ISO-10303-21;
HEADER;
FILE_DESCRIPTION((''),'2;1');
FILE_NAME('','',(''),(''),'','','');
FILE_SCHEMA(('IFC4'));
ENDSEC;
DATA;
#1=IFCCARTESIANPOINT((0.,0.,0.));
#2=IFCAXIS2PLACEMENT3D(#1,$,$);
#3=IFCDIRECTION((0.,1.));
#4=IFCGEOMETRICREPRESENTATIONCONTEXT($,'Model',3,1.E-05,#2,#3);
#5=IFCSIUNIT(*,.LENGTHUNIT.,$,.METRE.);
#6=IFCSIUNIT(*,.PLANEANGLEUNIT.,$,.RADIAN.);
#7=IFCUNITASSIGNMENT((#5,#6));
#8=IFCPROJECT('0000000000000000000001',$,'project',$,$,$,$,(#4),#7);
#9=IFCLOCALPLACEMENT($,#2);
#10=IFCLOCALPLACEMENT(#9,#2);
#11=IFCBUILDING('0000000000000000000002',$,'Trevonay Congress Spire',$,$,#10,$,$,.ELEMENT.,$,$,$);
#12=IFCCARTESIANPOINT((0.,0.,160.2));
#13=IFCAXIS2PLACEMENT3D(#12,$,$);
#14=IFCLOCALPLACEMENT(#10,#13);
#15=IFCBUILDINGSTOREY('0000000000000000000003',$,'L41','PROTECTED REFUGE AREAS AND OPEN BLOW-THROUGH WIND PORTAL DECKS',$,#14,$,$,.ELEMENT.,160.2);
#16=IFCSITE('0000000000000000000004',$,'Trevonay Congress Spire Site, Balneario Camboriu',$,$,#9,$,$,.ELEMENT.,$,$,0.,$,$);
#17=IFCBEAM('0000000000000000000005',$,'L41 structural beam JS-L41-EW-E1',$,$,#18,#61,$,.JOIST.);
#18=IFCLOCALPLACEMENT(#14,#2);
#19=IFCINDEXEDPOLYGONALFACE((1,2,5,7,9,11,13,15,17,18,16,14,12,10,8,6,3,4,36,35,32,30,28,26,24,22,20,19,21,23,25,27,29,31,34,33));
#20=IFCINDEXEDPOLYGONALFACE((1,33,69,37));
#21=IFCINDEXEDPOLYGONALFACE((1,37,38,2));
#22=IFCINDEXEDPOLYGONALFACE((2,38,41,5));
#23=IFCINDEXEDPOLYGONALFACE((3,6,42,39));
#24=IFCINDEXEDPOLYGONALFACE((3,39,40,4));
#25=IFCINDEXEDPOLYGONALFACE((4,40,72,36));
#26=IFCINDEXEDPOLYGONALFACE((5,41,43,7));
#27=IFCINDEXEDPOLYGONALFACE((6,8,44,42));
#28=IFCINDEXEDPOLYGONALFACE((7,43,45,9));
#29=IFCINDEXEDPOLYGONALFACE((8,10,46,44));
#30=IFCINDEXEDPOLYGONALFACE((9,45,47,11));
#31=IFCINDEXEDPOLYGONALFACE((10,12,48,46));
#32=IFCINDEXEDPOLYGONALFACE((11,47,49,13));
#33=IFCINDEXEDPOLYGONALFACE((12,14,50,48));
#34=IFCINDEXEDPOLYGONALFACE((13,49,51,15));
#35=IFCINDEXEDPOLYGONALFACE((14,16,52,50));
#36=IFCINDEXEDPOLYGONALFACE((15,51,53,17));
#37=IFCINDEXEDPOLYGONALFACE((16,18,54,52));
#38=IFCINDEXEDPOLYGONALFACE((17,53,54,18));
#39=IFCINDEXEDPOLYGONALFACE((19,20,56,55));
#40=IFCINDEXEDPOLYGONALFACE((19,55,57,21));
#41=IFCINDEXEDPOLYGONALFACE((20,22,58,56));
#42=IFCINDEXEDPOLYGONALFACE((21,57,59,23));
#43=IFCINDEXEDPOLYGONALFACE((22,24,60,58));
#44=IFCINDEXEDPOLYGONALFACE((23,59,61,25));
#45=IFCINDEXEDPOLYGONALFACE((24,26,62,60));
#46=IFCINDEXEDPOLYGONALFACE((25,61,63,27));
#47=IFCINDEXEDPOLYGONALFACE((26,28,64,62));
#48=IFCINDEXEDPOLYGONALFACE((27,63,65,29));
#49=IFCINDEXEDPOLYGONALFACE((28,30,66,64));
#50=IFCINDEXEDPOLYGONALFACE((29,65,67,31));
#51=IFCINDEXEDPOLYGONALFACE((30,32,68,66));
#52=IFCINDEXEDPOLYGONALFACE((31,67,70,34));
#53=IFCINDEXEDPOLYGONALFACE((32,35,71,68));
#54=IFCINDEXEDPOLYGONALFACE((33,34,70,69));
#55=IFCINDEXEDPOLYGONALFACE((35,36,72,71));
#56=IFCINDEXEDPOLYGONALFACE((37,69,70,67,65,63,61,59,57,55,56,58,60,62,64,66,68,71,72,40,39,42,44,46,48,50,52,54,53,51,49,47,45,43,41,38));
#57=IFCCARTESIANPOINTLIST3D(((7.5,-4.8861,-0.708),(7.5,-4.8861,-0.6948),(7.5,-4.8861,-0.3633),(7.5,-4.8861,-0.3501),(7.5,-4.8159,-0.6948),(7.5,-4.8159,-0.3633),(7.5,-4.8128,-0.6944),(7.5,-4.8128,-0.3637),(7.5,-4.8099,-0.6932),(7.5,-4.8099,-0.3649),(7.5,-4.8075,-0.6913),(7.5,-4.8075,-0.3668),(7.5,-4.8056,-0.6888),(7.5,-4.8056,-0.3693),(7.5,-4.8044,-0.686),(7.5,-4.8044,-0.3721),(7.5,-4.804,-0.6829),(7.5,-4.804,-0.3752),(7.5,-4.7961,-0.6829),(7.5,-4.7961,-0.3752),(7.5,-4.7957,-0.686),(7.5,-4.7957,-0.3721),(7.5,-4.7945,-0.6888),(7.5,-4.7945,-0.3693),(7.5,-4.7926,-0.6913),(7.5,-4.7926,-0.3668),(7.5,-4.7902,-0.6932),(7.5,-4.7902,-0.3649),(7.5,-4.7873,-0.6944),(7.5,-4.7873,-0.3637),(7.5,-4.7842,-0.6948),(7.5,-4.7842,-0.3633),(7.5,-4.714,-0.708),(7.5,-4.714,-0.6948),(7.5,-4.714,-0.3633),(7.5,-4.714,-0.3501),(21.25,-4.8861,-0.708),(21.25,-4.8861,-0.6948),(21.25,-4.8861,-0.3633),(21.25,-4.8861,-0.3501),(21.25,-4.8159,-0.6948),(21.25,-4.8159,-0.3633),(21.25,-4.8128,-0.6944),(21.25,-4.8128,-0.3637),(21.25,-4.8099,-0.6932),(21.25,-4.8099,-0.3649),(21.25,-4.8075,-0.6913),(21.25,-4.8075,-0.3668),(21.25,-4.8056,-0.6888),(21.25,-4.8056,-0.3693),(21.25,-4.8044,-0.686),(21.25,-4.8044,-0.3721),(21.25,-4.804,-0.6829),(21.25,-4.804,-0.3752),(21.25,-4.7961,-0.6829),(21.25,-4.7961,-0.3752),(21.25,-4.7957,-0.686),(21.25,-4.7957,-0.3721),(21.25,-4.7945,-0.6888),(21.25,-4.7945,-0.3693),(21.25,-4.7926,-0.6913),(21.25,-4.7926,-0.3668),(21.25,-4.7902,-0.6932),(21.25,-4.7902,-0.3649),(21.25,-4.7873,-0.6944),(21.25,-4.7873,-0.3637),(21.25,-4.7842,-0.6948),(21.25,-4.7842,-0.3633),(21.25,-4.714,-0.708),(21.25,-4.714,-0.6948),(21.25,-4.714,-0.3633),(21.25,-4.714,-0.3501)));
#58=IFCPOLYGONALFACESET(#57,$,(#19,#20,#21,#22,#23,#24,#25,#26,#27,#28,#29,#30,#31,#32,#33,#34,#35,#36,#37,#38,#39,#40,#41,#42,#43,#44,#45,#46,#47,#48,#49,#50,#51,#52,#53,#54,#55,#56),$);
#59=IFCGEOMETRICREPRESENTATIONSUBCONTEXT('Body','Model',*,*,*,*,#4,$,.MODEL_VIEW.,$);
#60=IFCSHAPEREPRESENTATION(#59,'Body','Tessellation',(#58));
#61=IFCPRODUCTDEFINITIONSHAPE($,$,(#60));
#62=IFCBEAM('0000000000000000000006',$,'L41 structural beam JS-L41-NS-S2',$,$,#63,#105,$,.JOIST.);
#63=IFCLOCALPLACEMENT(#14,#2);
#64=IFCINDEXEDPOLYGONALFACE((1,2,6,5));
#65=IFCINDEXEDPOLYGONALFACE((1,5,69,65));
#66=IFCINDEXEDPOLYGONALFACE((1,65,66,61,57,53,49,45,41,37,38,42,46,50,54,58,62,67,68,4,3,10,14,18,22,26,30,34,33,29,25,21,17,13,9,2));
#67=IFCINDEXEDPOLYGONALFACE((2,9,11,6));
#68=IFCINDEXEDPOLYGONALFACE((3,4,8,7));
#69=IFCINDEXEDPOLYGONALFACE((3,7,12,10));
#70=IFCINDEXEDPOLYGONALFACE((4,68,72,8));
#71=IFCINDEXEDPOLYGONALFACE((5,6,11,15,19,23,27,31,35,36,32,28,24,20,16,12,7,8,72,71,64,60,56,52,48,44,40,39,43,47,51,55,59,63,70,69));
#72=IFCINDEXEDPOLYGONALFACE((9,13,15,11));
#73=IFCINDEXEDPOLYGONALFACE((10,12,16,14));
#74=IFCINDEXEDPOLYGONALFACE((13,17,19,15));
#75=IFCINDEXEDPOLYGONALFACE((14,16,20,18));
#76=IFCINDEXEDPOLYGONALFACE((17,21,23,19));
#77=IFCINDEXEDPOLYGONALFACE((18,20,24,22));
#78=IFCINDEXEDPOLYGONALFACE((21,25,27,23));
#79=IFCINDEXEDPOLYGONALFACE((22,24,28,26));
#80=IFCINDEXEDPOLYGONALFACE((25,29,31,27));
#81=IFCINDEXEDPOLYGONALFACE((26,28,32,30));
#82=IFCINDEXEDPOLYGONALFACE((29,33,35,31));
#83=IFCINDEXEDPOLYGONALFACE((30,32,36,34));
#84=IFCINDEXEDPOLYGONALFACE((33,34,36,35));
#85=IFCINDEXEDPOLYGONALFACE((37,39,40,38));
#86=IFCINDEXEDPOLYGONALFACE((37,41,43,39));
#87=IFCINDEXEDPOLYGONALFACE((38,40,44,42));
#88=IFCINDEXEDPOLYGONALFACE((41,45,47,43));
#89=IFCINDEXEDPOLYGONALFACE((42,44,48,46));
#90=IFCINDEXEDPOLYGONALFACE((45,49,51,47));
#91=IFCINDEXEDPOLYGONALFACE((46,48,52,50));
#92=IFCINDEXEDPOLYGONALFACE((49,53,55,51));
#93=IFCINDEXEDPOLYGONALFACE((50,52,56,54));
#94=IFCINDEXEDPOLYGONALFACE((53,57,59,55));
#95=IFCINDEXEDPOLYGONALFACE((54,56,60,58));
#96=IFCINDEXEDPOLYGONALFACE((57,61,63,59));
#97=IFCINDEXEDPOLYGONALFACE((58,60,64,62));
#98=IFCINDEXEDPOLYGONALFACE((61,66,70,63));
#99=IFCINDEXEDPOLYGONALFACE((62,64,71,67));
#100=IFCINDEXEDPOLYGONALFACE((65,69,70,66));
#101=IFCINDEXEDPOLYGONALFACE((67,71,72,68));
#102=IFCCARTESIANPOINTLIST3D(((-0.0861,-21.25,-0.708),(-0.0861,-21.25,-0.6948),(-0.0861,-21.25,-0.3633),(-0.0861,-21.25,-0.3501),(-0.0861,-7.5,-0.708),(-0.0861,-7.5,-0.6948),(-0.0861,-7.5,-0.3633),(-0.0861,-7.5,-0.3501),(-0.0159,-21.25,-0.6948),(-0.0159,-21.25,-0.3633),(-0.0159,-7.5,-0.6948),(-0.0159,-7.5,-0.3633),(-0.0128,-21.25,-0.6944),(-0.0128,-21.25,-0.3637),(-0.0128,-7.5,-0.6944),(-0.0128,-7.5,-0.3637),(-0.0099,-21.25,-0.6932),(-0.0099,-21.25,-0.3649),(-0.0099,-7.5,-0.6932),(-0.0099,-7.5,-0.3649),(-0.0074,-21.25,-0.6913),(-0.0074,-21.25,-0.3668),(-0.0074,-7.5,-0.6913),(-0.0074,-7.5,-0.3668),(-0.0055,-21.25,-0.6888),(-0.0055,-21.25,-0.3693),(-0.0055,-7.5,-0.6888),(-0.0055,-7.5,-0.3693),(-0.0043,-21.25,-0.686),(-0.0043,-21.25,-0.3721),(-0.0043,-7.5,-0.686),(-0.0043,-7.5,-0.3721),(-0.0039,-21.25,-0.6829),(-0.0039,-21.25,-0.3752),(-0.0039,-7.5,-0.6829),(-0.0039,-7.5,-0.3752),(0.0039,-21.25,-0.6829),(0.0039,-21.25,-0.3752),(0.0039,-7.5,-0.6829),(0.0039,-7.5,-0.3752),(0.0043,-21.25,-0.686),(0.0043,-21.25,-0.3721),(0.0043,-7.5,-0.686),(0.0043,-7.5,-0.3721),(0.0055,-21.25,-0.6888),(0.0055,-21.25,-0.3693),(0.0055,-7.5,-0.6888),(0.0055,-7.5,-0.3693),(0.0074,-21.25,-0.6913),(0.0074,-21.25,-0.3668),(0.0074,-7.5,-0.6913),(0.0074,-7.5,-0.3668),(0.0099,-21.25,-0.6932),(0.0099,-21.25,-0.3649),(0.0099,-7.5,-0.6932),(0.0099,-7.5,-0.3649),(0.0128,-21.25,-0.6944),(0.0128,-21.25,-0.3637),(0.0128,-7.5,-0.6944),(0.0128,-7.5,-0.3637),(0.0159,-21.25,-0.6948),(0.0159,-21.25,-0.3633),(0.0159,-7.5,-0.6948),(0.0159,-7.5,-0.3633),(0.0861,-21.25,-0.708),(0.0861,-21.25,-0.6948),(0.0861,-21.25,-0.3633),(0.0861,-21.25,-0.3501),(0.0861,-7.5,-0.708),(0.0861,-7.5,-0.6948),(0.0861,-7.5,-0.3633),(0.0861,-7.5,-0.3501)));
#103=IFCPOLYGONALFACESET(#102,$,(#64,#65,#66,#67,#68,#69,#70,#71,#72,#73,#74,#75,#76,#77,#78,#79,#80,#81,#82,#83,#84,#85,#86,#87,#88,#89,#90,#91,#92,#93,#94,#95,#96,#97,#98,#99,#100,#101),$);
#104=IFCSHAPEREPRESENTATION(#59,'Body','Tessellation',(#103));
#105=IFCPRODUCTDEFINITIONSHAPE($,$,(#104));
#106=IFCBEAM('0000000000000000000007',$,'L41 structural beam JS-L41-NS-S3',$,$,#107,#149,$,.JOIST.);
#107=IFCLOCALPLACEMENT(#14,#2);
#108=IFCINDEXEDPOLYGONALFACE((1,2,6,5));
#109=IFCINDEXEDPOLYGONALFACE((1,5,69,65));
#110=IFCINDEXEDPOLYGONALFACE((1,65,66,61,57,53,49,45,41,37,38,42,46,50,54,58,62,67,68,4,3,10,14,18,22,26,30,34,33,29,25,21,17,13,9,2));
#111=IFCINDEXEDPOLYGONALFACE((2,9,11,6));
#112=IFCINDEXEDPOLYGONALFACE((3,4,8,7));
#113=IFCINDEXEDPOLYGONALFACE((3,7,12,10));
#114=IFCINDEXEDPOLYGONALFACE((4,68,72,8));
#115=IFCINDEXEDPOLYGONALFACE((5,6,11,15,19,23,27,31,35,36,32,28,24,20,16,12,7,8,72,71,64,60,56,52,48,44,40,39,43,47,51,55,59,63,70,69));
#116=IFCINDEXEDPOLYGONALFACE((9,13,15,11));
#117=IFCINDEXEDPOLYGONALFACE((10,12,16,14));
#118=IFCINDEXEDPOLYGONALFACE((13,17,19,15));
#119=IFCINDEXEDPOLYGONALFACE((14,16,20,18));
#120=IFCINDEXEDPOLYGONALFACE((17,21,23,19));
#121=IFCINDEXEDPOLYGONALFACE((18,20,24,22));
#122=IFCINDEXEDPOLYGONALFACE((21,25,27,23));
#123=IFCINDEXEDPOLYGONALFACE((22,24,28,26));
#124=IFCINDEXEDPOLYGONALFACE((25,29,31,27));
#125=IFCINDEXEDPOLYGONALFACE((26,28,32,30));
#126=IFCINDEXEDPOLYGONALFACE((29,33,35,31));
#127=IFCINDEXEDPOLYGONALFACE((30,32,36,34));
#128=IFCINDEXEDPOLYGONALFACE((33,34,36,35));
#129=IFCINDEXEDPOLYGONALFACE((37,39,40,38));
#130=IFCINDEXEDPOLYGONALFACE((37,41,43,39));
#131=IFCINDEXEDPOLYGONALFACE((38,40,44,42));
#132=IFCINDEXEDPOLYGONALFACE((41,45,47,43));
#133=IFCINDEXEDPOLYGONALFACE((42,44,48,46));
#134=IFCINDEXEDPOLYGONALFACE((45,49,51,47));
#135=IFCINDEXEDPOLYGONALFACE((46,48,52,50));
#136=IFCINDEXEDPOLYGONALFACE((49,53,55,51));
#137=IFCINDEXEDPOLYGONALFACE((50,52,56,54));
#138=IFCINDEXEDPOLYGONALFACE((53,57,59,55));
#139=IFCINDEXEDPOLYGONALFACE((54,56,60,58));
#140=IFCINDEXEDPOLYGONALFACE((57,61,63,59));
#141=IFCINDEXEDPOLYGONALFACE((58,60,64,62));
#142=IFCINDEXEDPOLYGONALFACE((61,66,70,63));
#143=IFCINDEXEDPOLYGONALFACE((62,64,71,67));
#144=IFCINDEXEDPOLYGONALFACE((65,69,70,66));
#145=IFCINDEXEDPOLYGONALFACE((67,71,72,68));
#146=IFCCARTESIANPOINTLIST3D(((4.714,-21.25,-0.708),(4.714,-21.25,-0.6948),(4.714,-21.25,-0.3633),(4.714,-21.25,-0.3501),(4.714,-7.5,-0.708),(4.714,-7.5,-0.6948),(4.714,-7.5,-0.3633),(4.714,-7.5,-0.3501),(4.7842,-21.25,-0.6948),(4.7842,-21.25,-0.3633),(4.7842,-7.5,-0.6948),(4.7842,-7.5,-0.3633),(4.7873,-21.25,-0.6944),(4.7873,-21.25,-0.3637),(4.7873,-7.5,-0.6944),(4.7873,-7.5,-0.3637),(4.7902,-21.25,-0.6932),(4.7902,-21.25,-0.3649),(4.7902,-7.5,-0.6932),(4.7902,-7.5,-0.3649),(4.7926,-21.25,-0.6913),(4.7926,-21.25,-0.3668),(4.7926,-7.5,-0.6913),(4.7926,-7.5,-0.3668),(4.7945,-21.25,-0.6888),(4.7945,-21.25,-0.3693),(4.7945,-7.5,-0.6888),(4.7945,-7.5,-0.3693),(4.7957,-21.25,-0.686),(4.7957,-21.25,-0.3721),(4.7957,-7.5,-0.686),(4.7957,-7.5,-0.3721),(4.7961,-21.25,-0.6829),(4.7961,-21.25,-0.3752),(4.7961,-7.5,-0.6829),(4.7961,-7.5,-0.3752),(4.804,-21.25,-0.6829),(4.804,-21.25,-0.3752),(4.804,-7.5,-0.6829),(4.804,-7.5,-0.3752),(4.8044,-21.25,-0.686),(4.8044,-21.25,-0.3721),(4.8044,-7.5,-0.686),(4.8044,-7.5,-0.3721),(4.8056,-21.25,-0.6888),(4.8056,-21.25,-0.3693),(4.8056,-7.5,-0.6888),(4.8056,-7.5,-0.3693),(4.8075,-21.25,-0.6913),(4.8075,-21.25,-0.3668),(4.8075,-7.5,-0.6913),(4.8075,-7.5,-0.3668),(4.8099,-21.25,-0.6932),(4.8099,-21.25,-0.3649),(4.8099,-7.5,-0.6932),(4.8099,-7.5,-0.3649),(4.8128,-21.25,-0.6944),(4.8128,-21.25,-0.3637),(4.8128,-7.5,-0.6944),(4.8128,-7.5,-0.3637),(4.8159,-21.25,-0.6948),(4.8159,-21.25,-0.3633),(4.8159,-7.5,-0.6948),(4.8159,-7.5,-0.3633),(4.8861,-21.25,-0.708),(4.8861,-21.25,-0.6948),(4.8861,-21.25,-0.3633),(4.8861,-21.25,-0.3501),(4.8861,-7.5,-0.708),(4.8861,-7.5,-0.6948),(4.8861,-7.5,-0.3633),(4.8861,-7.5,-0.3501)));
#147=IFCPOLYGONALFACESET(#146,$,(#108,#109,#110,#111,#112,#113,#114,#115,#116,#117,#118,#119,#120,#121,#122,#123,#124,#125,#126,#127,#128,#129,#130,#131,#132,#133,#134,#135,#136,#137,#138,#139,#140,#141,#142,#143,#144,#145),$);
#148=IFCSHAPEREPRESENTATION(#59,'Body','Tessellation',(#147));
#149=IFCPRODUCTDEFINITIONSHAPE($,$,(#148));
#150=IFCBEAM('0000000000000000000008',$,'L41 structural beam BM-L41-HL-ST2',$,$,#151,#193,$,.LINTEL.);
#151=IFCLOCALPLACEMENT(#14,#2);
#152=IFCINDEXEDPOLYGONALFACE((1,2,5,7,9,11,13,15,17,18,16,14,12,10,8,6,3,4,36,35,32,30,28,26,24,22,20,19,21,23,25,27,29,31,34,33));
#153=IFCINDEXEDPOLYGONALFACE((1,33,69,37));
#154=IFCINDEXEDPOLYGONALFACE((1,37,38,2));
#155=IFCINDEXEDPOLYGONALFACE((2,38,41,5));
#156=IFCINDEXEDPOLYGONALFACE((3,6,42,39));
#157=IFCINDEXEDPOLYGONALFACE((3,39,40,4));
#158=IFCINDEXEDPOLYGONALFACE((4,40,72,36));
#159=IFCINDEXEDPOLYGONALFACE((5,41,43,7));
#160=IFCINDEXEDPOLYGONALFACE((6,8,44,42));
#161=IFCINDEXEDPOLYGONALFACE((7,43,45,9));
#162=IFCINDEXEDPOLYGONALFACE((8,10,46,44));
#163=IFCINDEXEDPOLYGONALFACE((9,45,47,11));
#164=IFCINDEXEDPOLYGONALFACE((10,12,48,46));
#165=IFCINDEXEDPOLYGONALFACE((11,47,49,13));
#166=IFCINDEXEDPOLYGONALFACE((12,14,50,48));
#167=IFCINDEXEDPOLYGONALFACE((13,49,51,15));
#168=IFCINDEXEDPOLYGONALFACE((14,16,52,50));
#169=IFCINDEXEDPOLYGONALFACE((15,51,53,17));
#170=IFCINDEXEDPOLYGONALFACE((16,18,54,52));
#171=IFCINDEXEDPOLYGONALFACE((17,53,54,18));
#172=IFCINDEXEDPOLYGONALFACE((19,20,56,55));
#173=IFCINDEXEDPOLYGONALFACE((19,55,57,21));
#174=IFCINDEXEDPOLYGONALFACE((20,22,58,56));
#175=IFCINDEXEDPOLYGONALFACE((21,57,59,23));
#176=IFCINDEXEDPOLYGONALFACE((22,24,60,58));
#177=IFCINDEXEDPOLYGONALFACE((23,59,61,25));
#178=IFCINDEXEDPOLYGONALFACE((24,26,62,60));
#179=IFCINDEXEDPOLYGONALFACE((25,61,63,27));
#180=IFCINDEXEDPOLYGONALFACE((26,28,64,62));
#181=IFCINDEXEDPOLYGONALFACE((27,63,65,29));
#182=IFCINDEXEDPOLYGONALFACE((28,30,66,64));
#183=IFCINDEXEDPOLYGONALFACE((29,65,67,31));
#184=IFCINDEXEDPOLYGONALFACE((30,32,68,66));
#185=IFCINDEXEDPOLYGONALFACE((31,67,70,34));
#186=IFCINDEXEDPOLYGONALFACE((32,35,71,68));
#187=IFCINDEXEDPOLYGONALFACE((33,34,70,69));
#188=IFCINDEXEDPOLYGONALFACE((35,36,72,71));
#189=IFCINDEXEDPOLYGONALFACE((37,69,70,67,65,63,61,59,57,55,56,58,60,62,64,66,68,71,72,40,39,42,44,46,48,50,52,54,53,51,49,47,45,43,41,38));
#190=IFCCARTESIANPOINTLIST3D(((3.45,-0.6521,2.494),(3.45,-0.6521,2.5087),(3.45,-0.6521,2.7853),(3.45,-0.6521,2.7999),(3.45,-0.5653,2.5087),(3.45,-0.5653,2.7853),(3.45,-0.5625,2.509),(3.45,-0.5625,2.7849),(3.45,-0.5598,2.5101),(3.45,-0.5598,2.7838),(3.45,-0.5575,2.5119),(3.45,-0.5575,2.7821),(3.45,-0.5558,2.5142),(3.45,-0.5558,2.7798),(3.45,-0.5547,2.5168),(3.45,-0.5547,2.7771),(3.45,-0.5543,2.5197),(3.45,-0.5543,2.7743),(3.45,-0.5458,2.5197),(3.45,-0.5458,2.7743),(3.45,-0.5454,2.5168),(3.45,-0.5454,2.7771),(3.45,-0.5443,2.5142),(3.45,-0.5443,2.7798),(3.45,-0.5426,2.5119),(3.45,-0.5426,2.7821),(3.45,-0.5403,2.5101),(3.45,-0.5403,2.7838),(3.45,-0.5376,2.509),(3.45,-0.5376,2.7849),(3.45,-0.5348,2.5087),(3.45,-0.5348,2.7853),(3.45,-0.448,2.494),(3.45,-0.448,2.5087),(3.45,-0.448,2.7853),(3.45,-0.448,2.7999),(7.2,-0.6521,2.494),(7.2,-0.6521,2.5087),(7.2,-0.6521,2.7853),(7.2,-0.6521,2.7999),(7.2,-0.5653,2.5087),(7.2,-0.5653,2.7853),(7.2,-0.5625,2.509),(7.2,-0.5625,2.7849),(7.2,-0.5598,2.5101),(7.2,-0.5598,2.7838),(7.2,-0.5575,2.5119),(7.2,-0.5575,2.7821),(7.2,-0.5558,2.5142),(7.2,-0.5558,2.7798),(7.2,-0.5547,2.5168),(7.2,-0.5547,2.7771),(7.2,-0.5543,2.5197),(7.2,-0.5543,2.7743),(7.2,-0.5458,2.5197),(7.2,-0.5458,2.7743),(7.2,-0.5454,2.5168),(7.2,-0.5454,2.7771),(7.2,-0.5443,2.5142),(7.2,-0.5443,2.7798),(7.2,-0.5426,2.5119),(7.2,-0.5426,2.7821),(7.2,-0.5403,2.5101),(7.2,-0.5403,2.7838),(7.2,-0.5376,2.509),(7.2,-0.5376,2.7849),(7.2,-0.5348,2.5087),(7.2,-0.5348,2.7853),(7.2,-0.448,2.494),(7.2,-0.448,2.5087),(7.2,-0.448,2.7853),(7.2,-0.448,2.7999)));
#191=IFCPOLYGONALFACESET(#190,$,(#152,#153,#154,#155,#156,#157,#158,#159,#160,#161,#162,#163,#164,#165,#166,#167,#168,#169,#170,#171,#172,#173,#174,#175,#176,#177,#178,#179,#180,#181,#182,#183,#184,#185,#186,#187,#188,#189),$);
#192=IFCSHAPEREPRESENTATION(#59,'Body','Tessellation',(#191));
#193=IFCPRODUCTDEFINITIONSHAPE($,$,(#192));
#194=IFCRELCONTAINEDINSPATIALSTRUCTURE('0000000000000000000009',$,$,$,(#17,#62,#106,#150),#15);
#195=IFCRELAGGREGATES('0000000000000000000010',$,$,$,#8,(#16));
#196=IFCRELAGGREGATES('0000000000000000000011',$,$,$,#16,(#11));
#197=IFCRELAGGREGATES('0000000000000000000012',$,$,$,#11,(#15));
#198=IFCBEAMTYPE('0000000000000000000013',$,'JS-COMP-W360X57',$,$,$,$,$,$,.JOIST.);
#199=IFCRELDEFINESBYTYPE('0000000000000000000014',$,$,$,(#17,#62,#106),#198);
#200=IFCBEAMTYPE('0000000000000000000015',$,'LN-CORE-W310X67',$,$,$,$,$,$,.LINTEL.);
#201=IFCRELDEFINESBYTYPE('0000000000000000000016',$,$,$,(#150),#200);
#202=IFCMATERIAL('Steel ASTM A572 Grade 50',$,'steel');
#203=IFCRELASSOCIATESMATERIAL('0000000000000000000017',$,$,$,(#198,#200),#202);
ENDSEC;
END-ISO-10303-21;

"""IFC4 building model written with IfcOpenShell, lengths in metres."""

from ifc_helpers import new_model, si_unit, direction, frame, origin, origin_2d, place, context, subcontext, project, spatial, i_section, extrude, material, material_profile, profile_set, type_object, element, save


model = new_model("IFC4")

# Units and contexts
model_context = context("Model", 3, precision=1e-05, world=origin(), true_north=direction((0.0, 1.0)))
body_context = subcontext(model_context, "Body", "Model", "MODEL_VIEW")
ifc_project = project(units=[si_unit("LENGTHUNIT", "METRE"), si_unit("PLANEANGLEUNIT", "RADIAN")], contexts=[model_context])

# Site, building, storey
site_placement = place(None, origin())
site = spatial("IfcSite", under=ifc_project, at=site_placement, Name="Trevonay Congress Spire Site, Balneario Camboriu", CompositionType="ELEMENT", RefElevation=0.0)
building_placement = place(site_placement, origin())
building = spatial("IfcBuilding", under=site, at=building_placement, Name="Trevonay Congress Spire", CompositionType="ELEMENT")
storey_placement = place(building_placement, frame((0.0, 0.0, 160.2)))
storey = spatial("IfcBuildingStorey", under=building, at=storey_placement, Name="L41", Description="PROTECTED REFUGE AREAS AND OPEN BLOW-THROUGH WIND PORTAL DECKS", CompositionType="ELEMENT", Elevation=160.2)

# Shared definitions
ifc_material_1 = material(Name="Steel ASTM A572 Grade 50", Category="steel")

# Beams
ifc_material_profile_1 = material_profile(ifc_material_1, i_section(OverallWidth=0.1721, OverallDepth=0.3579, WebThickness=0.0078, FlangeThickness=0.0132, FilletRadius=0.012, at=origin_2d()), Name="W360x57.8")
ifc_profile_set_1 = profile_set([ifc_material_profile_1], Name="Steel ASTM A572 Grade 50")
beam_type_1 = type_object("IfcBeamType", Name="JS-COMP-W360X57", PredefinedType="JOIST", material=ifc_profile_set_1)
for number, where, z_axis, x_axis, name in (
    (1, (7.5, -4.8, -0.5291), (1.0, 0.0, 0.0), (0.0, 1.0, 0.0), "L41 structural beam JS-L41-EW-E1"),
    (2, (0.0, -21.25, -0.5291), (0.0, 1.0, 0.0), (-1.0, 0.0, 0.0), "L41 structural beam JS-L41-NS-S2"),
    (3, (4.8, -21.25, -0.5291), (0.0, 1.0, 0.0), (-1.0, 0.0, 0.0), "L41 structural beam JS-L41-NS-S3"),
):
    element("IfcBeam", number, at=place(storey_placement, frame(where, z_axis=z_axis, x_axis=x_axis)), inside=storey, type_object=beam_type_1, Name=name, PredefinedType="JOIST", context=body_context, shape_type="SweptSolid", body=[
        extrude(i_section(OverallWidth=0.1721, OverallDepth=0.3579, WebThickness=0.0078, FlangeThickness=0.0132, FilletRadius=0.012, at=origin_2d()), origin(), (0.0, 0.0, 1.0), 13.75),
    ])
ifc_material_profile_2 = material_profile(ifc_material_1, i_section(OverallWidth=0.2041, OverallDepth=0.3059, WebThickness=0.0085, FlangeThickness=0.0146, FilletRadius=0.011, at=origin_2d()), Name="W310x67")
ifc_profile_set_2 = profile_set([ifc_material_profile_2], Name="Steel ASTM A572 Grade 50")
beam_type_2 = type_object("IfcBeamType", Name="LN-CORE-W310X67", PredefinedType="LINTEL", material=ifc_profile_set_2)
beam_1_placement = place(storey_placement, frame((3.45, -0.55, 2.647), z_axis=(1.0, 0.0, 0.0), x_axis=(0.0, 1.0, 0.0)))
element("IfcBeam", 4, at=beam_1_placement, inside=storey, type_object=beam_type_2, Name="L41 structural beam BM-L41-HL-ST2", PredefinedType="LINTEL", context=body_context, shape_type="SweptSolid", body=[
    extrude(i_section(OverallWidth=0.2041, OverallDepth=0.3059, WebThickness=0.0085, FlangeThickness=0.0146, FilletRadius=0.011, at=origin_2d()), origin(), (0.0, 0.0, 1.0), 3.75),
])

save(model, "model.ifc")
